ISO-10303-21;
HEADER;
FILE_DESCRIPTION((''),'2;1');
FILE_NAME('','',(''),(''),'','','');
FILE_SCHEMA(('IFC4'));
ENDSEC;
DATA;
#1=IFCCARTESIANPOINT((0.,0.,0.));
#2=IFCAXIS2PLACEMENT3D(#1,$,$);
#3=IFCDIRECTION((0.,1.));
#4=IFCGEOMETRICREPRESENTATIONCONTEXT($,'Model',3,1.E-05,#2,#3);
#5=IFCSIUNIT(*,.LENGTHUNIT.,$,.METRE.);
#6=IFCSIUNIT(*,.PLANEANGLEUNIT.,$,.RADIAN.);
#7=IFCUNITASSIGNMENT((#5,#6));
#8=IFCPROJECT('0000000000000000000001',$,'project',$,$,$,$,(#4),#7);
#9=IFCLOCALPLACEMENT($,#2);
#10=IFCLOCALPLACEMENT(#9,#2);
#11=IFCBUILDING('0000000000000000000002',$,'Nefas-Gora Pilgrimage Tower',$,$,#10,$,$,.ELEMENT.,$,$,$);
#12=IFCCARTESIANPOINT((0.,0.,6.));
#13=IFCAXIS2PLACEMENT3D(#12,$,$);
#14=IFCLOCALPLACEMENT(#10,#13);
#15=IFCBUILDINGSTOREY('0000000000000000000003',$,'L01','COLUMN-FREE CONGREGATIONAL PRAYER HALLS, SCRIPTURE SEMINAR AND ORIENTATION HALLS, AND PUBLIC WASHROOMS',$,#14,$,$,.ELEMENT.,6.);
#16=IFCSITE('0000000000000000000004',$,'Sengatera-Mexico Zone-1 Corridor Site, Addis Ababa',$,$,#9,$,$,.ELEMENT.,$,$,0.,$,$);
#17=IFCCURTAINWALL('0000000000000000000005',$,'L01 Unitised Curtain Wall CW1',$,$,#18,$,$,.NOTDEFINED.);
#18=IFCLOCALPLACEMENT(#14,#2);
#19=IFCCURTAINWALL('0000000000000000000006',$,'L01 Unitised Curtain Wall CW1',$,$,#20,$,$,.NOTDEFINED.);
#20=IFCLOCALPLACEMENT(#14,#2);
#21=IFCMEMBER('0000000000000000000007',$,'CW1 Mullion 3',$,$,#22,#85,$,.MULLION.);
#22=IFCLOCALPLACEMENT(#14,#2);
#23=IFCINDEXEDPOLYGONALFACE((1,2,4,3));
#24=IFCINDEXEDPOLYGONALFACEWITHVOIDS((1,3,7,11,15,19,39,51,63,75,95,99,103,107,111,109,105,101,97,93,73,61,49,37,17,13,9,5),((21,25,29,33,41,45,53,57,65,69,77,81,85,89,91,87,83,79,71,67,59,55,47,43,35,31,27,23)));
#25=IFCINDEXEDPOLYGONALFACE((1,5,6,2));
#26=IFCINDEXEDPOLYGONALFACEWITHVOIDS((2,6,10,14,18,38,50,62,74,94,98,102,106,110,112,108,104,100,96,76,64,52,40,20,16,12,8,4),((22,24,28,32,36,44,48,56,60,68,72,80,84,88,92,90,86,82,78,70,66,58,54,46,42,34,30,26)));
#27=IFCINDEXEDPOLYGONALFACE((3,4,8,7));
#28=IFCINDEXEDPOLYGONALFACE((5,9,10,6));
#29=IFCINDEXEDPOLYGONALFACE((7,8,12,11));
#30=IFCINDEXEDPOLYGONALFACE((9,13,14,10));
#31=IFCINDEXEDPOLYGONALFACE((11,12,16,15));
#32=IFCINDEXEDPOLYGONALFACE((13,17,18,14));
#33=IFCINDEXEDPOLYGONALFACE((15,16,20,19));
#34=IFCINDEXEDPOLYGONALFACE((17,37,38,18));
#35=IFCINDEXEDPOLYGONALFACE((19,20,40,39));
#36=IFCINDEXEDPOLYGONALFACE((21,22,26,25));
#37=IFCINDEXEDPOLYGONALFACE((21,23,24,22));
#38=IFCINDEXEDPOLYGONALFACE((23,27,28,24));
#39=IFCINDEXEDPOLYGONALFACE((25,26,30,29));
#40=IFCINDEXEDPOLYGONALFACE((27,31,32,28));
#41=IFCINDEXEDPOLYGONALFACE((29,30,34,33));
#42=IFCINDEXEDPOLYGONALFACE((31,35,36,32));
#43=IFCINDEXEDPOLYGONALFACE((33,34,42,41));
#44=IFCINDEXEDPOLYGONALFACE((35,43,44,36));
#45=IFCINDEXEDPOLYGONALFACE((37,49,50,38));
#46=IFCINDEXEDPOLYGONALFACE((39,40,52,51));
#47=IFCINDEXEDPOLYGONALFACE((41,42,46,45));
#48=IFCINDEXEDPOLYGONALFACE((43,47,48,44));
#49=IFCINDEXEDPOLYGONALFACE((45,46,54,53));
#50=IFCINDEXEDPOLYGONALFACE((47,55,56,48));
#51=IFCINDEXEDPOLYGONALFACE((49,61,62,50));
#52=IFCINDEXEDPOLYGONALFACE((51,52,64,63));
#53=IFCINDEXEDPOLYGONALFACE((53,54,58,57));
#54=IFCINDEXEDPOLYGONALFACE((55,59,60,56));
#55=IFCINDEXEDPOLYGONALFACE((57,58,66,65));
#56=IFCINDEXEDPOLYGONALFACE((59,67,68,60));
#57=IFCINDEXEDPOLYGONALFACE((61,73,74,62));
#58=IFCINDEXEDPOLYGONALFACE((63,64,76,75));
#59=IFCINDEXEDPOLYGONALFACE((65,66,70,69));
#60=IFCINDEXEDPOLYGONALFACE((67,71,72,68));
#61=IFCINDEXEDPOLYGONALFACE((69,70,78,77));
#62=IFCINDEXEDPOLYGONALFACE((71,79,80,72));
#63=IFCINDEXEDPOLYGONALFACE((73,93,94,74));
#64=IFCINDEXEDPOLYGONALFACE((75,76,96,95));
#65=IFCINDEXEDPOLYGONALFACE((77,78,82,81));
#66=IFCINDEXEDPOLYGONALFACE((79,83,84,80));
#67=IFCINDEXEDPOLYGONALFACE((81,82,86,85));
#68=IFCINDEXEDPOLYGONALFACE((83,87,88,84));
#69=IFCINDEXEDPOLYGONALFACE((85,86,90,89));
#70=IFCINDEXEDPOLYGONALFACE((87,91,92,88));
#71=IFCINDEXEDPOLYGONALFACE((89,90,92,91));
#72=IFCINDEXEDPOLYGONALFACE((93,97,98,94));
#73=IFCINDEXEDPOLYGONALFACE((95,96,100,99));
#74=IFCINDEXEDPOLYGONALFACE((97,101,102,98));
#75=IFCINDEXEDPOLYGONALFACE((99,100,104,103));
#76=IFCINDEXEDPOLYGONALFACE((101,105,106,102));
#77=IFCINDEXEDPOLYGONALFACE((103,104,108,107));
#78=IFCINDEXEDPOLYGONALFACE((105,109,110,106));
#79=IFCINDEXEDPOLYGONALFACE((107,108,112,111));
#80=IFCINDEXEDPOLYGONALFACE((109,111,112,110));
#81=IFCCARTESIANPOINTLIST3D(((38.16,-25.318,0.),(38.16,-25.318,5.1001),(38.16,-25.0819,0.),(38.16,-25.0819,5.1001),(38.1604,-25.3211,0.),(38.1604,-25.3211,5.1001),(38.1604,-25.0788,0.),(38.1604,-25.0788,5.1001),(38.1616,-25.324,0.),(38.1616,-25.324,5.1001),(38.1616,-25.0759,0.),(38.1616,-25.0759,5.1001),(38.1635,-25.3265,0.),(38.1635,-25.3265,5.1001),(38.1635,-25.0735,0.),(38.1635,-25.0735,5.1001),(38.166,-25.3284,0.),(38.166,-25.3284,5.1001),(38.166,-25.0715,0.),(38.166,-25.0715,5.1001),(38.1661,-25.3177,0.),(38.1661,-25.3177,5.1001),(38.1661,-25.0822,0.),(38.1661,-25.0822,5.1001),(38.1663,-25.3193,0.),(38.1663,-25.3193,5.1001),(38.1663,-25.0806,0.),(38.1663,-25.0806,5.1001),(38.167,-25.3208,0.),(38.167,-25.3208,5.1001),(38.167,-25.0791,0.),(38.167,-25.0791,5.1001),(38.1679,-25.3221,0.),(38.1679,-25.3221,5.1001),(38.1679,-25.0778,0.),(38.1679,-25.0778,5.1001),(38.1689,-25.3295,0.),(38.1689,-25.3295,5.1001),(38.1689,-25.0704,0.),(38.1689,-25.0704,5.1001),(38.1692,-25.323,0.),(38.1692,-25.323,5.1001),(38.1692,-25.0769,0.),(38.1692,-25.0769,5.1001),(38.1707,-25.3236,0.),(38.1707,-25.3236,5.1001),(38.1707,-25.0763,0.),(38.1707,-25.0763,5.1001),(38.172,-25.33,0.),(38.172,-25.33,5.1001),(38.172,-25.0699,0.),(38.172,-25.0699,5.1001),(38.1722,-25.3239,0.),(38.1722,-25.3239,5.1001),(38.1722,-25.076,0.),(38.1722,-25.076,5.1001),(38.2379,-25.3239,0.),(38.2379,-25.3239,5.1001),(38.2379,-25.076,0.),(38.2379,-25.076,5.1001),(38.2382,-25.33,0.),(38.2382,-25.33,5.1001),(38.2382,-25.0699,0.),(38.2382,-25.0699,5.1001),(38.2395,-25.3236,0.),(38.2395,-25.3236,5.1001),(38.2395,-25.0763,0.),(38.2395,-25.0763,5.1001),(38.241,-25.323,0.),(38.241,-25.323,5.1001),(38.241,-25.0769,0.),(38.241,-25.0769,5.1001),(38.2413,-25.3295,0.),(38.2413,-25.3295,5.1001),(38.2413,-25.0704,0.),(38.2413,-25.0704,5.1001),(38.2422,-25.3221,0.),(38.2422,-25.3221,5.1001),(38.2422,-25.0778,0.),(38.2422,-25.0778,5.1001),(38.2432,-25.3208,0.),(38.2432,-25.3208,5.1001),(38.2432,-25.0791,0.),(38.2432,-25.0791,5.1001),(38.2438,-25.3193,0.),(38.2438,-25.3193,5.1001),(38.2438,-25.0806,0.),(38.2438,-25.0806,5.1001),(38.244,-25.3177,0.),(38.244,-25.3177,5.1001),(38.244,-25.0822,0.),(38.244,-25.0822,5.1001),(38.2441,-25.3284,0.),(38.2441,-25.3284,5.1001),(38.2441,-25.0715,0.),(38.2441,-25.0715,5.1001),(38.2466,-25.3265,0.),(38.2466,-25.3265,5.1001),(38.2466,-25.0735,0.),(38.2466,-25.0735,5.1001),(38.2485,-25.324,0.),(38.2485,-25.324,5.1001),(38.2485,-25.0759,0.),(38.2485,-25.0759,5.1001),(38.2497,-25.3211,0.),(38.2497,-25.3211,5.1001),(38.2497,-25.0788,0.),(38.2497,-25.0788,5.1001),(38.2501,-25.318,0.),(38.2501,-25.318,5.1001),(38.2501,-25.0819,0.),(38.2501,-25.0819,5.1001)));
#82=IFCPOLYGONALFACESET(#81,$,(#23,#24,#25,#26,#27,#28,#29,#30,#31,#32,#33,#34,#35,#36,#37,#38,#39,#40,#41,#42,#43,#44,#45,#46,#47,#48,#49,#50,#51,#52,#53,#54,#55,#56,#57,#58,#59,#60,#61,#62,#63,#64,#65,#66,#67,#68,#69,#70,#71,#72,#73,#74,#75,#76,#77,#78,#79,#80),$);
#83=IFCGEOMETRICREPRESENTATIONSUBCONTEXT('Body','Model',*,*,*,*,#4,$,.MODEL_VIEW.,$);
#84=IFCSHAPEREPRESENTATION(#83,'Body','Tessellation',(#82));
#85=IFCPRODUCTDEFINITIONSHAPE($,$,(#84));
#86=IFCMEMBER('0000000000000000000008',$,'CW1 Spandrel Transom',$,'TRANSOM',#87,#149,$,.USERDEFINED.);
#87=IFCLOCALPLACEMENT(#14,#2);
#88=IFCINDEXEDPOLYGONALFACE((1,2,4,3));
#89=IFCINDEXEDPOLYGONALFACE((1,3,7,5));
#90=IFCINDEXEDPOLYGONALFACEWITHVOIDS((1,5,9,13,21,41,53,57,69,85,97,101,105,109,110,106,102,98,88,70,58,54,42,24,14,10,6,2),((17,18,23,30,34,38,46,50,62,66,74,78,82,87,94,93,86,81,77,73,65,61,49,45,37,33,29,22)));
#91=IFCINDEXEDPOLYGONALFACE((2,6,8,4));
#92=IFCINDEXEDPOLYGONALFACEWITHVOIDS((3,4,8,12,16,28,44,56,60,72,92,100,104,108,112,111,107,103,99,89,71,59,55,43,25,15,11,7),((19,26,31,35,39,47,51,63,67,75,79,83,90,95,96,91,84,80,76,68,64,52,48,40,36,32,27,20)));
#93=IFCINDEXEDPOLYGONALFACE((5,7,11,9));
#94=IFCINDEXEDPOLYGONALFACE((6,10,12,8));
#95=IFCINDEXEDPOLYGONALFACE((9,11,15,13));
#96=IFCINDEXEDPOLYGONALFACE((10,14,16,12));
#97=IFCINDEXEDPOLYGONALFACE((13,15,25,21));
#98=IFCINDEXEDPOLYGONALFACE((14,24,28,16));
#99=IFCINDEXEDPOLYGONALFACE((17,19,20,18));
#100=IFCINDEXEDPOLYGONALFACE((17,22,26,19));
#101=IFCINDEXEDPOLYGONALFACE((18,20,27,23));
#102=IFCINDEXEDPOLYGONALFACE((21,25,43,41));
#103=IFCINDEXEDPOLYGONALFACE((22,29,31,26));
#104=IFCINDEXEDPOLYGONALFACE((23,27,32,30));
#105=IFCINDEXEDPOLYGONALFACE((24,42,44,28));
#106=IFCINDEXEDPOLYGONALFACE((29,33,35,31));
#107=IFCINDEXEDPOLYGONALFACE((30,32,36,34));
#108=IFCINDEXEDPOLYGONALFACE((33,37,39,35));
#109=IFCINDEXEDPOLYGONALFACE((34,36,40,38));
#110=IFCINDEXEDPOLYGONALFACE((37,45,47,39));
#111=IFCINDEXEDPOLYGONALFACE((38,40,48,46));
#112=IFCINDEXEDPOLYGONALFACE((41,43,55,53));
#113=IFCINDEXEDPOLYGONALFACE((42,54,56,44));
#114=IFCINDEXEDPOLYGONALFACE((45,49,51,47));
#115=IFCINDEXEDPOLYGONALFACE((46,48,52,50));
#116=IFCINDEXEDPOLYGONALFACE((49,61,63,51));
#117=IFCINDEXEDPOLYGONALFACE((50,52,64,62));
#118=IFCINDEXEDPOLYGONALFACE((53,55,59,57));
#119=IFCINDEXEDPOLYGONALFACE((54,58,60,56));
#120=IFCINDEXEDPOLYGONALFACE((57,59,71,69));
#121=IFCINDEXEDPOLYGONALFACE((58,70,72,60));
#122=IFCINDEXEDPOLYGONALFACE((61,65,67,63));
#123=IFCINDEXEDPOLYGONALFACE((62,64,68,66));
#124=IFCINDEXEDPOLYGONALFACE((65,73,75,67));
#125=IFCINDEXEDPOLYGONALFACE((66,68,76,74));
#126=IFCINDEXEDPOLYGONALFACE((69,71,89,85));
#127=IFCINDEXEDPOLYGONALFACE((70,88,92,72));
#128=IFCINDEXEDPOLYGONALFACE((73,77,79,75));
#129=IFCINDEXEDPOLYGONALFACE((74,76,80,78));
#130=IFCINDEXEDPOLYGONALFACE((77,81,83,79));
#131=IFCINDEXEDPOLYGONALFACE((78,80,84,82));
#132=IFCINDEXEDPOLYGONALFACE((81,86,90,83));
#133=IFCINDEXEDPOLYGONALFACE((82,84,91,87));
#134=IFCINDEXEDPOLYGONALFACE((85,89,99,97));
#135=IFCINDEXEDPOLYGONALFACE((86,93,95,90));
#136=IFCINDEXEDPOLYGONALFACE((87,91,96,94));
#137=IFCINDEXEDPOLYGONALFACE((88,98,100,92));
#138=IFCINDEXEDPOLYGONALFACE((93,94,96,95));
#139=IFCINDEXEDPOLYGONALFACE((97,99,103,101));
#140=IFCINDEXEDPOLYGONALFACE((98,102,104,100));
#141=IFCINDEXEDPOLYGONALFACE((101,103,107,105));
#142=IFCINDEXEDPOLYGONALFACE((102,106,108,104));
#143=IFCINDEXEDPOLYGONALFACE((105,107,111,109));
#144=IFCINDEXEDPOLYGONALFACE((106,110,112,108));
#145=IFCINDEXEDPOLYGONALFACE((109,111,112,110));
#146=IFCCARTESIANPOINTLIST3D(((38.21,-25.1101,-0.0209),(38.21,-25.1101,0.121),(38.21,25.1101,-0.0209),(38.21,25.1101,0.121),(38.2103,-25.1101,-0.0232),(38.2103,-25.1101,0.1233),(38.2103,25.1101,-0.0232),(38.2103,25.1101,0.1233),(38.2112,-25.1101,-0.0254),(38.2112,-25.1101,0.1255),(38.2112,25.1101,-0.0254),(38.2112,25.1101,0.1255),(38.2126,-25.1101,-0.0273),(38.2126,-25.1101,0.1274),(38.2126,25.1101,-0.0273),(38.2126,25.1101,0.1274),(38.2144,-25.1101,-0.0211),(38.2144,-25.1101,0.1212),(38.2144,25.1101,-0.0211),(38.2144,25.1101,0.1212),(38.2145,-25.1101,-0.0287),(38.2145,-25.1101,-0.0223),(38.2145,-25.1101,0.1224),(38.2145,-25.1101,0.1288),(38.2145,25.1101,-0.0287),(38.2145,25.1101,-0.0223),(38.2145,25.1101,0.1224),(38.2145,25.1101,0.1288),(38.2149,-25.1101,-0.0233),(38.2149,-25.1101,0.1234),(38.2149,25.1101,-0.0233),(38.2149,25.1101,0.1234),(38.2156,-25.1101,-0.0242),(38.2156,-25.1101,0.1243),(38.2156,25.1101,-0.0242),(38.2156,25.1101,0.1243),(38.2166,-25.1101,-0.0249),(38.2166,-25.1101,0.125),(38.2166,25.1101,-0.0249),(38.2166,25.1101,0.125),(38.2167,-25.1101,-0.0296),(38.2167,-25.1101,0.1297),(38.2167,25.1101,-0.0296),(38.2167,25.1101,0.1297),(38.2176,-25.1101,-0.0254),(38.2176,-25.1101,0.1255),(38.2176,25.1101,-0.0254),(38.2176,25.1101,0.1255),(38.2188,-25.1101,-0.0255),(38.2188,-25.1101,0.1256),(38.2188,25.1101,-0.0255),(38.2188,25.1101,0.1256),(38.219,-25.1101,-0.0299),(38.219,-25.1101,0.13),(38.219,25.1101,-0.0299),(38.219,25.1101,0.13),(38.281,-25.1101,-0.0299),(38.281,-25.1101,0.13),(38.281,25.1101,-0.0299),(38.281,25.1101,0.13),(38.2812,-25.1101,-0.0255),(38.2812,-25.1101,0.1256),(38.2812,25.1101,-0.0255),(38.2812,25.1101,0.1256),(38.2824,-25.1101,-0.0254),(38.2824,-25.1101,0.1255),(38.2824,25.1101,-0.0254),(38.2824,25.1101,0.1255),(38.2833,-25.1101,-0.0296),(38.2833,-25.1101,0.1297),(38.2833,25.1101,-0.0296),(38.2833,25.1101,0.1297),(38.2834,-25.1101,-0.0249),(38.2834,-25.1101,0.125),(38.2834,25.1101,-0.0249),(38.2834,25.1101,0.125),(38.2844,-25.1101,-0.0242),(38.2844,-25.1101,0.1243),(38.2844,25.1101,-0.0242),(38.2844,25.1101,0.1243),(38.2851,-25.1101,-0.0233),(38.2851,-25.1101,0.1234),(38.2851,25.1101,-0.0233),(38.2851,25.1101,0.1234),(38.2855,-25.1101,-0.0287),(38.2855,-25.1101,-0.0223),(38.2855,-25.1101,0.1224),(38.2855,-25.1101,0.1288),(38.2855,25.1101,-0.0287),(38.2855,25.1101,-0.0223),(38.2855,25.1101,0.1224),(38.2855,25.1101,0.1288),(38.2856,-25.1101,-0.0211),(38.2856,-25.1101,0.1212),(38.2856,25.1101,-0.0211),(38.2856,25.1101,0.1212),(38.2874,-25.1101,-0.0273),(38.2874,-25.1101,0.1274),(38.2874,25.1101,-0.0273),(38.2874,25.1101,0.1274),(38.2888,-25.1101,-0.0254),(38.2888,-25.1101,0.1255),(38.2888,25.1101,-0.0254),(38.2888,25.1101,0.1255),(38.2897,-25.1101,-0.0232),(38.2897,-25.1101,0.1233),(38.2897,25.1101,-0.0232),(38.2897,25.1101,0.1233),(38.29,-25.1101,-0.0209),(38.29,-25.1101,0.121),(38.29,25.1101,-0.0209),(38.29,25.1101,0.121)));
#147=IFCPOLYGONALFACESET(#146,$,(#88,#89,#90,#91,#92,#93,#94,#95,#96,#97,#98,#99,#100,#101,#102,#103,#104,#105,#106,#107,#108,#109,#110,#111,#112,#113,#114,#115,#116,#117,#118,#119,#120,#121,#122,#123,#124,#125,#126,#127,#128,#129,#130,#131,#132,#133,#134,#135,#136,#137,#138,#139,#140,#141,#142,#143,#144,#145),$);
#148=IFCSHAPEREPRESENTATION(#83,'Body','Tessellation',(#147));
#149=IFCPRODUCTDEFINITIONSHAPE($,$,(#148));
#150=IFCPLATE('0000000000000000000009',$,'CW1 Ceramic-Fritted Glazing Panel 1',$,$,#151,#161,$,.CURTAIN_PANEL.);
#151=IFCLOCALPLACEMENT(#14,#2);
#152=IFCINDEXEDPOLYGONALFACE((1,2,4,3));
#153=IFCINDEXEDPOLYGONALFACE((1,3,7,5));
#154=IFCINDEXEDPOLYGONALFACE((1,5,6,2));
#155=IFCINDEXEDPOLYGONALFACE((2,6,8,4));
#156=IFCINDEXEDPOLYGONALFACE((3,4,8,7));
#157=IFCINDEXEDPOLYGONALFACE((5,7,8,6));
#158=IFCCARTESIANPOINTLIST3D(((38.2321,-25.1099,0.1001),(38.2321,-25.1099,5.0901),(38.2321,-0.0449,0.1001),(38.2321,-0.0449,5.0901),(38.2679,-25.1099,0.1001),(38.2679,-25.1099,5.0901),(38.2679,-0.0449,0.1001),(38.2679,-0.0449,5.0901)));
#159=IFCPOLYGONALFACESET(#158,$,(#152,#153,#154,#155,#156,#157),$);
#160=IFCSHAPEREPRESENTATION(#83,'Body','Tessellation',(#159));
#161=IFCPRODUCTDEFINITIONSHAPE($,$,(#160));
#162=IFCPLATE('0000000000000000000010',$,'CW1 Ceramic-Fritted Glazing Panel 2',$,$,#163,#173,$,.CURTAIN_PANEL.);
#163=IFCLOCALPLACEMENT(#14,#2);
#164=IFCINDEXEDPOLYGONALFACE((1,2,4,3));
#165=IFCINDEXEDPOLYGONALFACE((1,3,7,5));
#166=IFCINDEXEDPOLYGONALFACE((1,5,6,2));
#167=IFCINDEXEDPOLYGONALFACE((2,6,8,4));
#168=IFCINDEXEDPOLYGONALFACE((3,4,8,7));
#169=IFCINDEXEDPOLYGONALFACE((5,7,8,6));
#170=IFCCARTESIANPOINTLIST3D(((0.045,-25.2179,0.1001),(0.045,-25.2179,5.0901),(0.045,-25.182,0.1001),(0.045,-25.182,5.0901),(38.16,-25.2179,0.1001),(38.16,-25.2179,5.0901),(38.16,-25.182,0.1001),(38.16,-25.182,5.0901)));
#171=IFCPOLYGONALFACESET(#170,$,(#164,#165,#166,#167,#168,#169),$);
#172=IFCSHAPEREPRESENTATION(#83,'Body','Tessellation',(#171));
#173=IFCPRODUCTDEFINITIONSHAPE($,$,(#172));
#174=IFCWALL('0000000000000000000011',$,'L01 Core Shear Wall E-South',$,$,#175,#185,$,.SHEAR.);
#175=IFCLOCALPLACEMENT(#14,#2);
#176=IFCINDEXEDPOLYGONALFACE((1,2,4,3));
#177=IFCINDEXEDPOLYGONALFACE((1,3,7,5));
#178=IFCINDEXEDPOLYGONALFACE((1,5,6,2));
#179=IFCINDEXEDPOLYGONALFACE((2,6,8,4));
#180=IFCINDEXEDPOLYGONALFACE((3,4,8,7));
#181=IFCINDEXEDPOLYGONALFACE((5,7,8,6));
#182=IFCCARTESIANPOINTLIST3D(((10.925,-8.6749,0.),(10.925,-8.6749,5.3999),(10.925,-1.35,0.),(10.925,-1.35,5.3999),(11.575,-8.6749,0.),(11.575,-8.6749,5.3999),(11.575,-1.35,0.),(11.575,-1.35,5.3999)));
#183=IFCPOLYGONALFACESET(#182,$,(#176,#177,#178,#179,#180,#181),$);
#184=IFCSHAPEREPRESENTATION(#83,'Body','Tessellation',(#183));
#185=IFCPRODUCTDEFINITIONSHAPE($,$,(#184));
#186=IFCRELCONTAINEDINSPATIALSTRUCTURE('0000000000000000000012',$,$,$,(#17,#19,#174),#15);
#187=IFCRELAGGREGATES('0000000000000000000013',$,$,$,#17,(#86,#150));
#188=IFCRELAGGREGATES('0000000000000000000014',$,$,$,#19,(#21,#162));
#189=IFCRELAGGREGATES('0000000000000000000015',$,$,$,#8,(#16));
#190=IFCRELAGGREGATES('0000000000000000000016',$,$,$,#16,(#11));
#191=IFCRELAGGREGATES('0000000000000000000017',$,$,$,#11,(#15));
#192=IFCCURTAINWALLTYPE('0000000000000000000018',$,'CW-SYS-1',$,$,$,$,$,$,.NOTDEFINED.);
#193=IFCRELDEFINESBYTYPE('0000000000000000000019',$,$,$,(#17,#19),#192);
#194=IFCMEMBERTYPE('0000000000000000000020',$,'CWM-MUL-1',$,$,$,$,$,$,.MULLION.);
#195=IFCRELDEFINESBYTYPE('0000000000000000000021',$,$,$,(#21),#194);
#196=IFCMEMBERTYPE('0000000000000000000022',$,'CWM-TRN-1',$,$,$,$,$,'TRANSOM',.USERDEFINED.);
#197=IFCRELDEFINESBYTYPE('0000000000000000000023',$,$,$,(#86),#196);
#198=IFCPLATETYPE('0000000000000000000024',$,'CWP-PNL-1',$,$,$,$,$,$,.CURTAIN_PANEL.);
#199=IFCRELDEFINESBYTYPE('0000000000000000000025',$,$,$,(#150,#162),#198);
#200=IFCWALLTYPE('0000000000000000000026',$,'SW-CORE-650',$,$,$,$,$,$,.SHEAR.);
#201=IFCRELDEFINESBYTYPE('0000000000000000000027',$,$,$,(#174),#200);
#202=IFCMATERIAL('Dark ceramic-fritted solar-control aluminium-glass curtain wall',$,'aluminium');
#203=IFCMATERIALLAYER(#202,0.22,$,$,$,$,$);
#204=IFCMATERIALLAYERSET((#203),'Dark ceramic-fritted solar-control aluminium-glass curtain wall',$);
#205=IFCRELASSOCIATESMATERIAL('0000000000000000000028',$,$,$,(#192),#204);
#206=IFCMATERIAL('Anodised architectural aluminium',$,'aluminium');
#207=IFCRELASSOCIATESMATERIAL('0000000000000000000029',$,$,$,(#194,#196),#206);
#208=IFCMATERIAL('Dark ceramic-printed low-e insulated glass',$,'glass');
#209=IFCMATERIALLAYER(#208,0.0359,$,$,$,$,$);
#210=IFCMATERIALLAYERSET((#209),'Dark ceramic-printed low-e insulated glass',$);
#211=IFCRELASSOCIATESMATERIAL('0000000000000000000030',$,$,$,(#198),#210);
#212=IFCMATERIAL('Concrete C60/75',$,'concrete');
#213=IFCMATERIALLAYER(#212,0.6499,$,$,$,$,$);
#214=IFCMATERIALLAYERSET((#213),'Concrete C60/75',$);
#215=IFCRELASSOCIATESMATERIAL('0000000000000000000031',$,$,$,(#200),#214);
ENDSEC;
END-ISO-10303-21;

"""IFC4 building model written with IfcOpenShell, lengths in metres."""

from ifc_helpers import new_model, si_unit, direction, frame, frame_2d, origin, origin_2d, place, context, subcontext, project, spatial, rectangle, hollow_rectangle, extrude, source, transform, mapped, material, layer, layer_set, material_profile, profile_set, type_object, element, aggregate, save


model = new_model("IFC4")

# Units and contexts
model_context = context("Model", 3, precision=1e-05, world=origin(), true_north=direction((0.0, 1.0)))
body_context = subcontext(model_context, "Body", "Model", "MODEL_VIEW")
ifc_project = project(units=[si_unit("LENGTHUNIT", "METRE"), si_unit("PLANEANGLEUNIT", "RADIAN")], contexts=[model_context])

# Site, building, storey
site_placement = place(None, origin())
site = spatial("IfcSite", under=ifc_project, at=site_placement, Name="Sengatera-Mexico Zone-1 Corridor Site, Addis Ababa", CompositionType="ELEMENT", RefElevation=0.0)
building_placement = place(site_placement, origin())
building = spatial("IfcBuilding", under=site, at=building_placement, Name="Nefas-Gora Pilgrimage Tower", CompositionType="ELEMENT")
storey_placement = place(building_placement, frame((0.0, 0.0, 6.0)))
storey = spatial("IfcBuildingStorey", under=building, at=storey_placement, Name="L01", Description="COLUMN-FREE CONGREGATIONAL PRAYER HALLS, SCRIPTURE SEMINAR AND ORIENTATION HALLS, AND PUBLIC WASHROOMS", CompositionType="ELEMENT", Elevation=6.0)

# Shared definitions
ifc_material_1 = material(Name="Concrete C60/75", Category="concrete")

# Curtain walls, member
ifc_material_2 = material(Name="Dark ceramic-fritted solar-control aluminium-glass curtain wall", Category="aluminium")
ifc_layer_1 = layer(ifc_material_2, 0.22)
ifc_layer_set_1 = layer_set([ifc_layer_1], Name="Dark ceramic-fritted solar-control aluminium-glass curtain wall")
curtain_wall_type = type_object("IfcCurtainWallType", Name="CW-SYS-1", PredefinedType="NOTDEFINED", material=ifc_layer_set_1)
curtain_wall_1_placement = place(storey_placement, origin())
curtain_wall_1 = element("IfcCurtainWall", 1, at=curtain_wall_1_placement, inside=storey, type_object=curtain_wall_type, Name="L01 Unitised Curtain Wall CW1", PredefinedType="NOTDEFINED")
ifc_material_3 = material(Name="Anodised architectural aluminium", Category="aluminium")
ifc_material_profile_1 = material_profile(ifc_material_3, hollow_rectangle(XDim=0.0901, YDim=0.26, WallThickness=0.0061, InnerFilletRadius=0.0061, OuterFilletRadius=0.012, at=origin_2d()), Name="ALU MULLION 90x260")
ifc_profile_set_1 = profile_set([ifc_material_profile_1], Name="Anodised architectural aluminium")
member_type_1 = type_object("IfcMemberType", Name="CWM-MUL-1", PredefinedType="MULLION", material=ifc_profile_set_1)
shared_shape_1 = source(origin(), body_context, "Body", "SweptSolid", [
    extrude(hollow_rectangle(XDim=0.0901, YDim=0.26, WallThickness=0.0061, InnerFilletRadius=0.0061, OuterFilletRadius=0.012, at=origin_2d()), origin(), (0.0, 0.0, 1.0), 5.1001),
])
curtain_wall_2_placement = place(storey_placement, origin())
curtain_wall_2 = element("IfcCurtainWall", 2, at=curtain_wall_2_placement, inside=storey, type_object=curtain_wall_type, Name="L01 Unitised Curtain Wall CW1", PredefinedType="NOTDEFINED")
member_1_placement = place(storey_placement, frame((38.2051, -25.2, 0.0), z_axis=(0.0, 0.0, 1.0), x_axis=(1.0, 0.0, 0.0)))
member_1 = element("IfcMember", 3, at=member_1_placement, type_object=member_type_1, Name="CW1 Mullion 3", PredefinedType="MULLION", context=body_context, shape_type="MappedRepresentation", body=[
    mapped(shared_shape_1, transform((0.0, 0.0, 0.0), x_axis=(1.0, 0.0, 0.0), y_axis=(0.0, 1.0, 0.0), z_axis=(0.0, 0.0, 1.0), scale=1.0)),
])

# Member
ifc_material_profile_2 = material_profile(ifc_material_3, hollow_rectangle(XDim=0.0801, YDim=0.1599, WallThickness=0.0044, InnerFilletRadius=0.0044, OuterFilletRadius=0.009, at=origin_2d()), Name="ALU TRANSOM 80x160")
ifc_profile_set_2 = profile_set([ifc_material_profile_2], Name="Anodised architectural aluminium")
member_type_2 = type_object("IfcMemberType", Name="CWM-TRN-1", ElementType="TRANSOM", PredefinedType="USERDEFINED", material=ifc_profile_set_2)
shared_shape_2 = source(origin(), body_context, "Body", "SweptSolid", [
    extrude(hollow_rectangle(XDim=0.0801, YDim=0.1599, WallThickness=0.0044, InnerFilletRadius=0.0044, OuterFilletRadius=0.009, at=origin_2d()), origin(), (0.0, 0.0, 1.0), 50.2202),
])
member_2_placement = place(storey_placement, frame((38.25, -25.1101, 0.05), z_axis=(0.0, 1.0, 0.0), x_axis=(-1.0, 0.0, 0.0)))
member_2 = element("IfcMember", 4, at=member_2_placement, type_object=member_type_2, Name="CW1 Spandrel Transom", ObjectType="TRANSOM", PredefinedType="USERDEFINED", context=body_context, shape_type="MappedRepresentation", body=[
    mapped(shared_shape_2, transform((0.0, 0.0, 0.0), x_axis=(1.0, 0.0, 0.0), y_axis=(0.0, 1.0, 0.0), z_axis=(0.0, 0.0, 1.0), scale=1.0)),
])

# Plates
ifc_material_4 = material(Name="Dark ceramic-printed low-e insulated glass", Category="glass")
ifc_layer_2 = layer(ifc_material_4, 0.0359)
ifc_layer_set_2 = layer_set([ifc_layer_2], Name="Dark ceramic-printed low-e insulated glass")
plate_type = type_object("IfcPlateType", Name="CWP-PNL-1", PredefinedType="CURTAIN_PANEL", material=ifc_layer_set_2)
shared_shape_3 = source(origin(), body_context, "Body", "SweptSolid", [
    extrude(rectangle(XDim=25.0649, YDim=0.0359, at=origin_2d()), origin(), (0.0, 0.0, 1.0), 4.99),
])
plate_1_placement = place(storey_placement, frame((38.25, -12.5774, 0.1001), z_axis=(0.0, 0.0, 1.0), x_axis=(0.0, 1.0, 0.0)))
plate_1 = element("IfcPlate", 5, at=plate_1_placement, type_object=plate_type, Name="CW1 Ceramic-Fritted Glazing Panel 1", PredefinedType="CURTAIN_PANEL", context=body_context, shape_type="MappedRepresentation", body=[
    mapped(shared_shape_3, transform((0.0, 0.0, 0.0), x_axis=(1.0, 0.0, 0.0), y_axis=(0.0, 1.0, 0.0), z_axis=(0.0, 0.0, 1.0), scale=1.0)),
])
aggregate(curtain_wall_1, [member_2, plate_1])
shared_shape_4 = source(origin(), body_context, "Body", "SweptSolid", [
    extrude(rectangle(XDim=38.115, YDim=0.0359, at=origin_2d()), origin(), (0.0, 0.0, 1.0), 4.99),
])
plate_2_placement = place(storey_placement, frame((19.1025, -25.2, 0.1001), z_axis=(0.0, 0.0, 1.0), x_axis=(1.0, 0.0, 0.0)))
plate_2 = element("IfcPlate", 6, at=plate_2_placement, type_object=plate_type, Name="CW1 Ceramic-Fritted Glazing Panel 2", PredefinedType="CURTAIN_PANEL", context=body_context, shape_type="MappedRepresentation", body=[
    mapped(shared_shape_4, transform((0.0, 0.0, 0.0), x_axis=(1.0, 0.0, 0.0), y_axis=(0.0, 1.0, 0.0), z_axis=(0.0, 0.0, 1.0), scale=1.0)),
])
aggregate(curtain_wall_2, [member_1, plate_2])

# Wall
ifc_layer_3 = layer(ifc_material_1, 0.6499)
ifc_layer_set_3 = layer_set([ifc_layer_3], Name="Concrete C60/75")
wall_type_1 = type_object("IfcWallType", Name="SW-CORE-650", PredefinedType="SHEAR", material=ifc_layer_set_3)
shared_shape_5 = source(origin(), body_context, "Body", "SweptSolid", [
    extrude(rectangle(XDim=7.325, YDim=0.6499, at=frame_2d((3.6626, 0.0))), origin(), (0.0, 0.0, 1.0), 5.3999),
])
wall_1_placement = place(storey_placement, frame((11.25, -8.675, 0.0), z_axis=(0.0, 0.0, 1.0), x_axis=(0.0, 1.0, 0.0)))
element("IfcWall", 7, at=wall_1_placement, inside=storey, type_object=wall_type_1, Name="L01 Core Shear Wall E-South", PredefinedType="SHEAR", context=body_context, shape_type="MappedRepresentation", body=[
    mapped(shared_shape_5, transform((0.0, 0.0, 0.0), x_axis=(1.0, 0.0, 0.0), y_axis=(0.0, 1.0, 0.0), z_axis=(0.0, 0.0, 1.0), scale=1.0)),
])

save(model, "model.ifc")
